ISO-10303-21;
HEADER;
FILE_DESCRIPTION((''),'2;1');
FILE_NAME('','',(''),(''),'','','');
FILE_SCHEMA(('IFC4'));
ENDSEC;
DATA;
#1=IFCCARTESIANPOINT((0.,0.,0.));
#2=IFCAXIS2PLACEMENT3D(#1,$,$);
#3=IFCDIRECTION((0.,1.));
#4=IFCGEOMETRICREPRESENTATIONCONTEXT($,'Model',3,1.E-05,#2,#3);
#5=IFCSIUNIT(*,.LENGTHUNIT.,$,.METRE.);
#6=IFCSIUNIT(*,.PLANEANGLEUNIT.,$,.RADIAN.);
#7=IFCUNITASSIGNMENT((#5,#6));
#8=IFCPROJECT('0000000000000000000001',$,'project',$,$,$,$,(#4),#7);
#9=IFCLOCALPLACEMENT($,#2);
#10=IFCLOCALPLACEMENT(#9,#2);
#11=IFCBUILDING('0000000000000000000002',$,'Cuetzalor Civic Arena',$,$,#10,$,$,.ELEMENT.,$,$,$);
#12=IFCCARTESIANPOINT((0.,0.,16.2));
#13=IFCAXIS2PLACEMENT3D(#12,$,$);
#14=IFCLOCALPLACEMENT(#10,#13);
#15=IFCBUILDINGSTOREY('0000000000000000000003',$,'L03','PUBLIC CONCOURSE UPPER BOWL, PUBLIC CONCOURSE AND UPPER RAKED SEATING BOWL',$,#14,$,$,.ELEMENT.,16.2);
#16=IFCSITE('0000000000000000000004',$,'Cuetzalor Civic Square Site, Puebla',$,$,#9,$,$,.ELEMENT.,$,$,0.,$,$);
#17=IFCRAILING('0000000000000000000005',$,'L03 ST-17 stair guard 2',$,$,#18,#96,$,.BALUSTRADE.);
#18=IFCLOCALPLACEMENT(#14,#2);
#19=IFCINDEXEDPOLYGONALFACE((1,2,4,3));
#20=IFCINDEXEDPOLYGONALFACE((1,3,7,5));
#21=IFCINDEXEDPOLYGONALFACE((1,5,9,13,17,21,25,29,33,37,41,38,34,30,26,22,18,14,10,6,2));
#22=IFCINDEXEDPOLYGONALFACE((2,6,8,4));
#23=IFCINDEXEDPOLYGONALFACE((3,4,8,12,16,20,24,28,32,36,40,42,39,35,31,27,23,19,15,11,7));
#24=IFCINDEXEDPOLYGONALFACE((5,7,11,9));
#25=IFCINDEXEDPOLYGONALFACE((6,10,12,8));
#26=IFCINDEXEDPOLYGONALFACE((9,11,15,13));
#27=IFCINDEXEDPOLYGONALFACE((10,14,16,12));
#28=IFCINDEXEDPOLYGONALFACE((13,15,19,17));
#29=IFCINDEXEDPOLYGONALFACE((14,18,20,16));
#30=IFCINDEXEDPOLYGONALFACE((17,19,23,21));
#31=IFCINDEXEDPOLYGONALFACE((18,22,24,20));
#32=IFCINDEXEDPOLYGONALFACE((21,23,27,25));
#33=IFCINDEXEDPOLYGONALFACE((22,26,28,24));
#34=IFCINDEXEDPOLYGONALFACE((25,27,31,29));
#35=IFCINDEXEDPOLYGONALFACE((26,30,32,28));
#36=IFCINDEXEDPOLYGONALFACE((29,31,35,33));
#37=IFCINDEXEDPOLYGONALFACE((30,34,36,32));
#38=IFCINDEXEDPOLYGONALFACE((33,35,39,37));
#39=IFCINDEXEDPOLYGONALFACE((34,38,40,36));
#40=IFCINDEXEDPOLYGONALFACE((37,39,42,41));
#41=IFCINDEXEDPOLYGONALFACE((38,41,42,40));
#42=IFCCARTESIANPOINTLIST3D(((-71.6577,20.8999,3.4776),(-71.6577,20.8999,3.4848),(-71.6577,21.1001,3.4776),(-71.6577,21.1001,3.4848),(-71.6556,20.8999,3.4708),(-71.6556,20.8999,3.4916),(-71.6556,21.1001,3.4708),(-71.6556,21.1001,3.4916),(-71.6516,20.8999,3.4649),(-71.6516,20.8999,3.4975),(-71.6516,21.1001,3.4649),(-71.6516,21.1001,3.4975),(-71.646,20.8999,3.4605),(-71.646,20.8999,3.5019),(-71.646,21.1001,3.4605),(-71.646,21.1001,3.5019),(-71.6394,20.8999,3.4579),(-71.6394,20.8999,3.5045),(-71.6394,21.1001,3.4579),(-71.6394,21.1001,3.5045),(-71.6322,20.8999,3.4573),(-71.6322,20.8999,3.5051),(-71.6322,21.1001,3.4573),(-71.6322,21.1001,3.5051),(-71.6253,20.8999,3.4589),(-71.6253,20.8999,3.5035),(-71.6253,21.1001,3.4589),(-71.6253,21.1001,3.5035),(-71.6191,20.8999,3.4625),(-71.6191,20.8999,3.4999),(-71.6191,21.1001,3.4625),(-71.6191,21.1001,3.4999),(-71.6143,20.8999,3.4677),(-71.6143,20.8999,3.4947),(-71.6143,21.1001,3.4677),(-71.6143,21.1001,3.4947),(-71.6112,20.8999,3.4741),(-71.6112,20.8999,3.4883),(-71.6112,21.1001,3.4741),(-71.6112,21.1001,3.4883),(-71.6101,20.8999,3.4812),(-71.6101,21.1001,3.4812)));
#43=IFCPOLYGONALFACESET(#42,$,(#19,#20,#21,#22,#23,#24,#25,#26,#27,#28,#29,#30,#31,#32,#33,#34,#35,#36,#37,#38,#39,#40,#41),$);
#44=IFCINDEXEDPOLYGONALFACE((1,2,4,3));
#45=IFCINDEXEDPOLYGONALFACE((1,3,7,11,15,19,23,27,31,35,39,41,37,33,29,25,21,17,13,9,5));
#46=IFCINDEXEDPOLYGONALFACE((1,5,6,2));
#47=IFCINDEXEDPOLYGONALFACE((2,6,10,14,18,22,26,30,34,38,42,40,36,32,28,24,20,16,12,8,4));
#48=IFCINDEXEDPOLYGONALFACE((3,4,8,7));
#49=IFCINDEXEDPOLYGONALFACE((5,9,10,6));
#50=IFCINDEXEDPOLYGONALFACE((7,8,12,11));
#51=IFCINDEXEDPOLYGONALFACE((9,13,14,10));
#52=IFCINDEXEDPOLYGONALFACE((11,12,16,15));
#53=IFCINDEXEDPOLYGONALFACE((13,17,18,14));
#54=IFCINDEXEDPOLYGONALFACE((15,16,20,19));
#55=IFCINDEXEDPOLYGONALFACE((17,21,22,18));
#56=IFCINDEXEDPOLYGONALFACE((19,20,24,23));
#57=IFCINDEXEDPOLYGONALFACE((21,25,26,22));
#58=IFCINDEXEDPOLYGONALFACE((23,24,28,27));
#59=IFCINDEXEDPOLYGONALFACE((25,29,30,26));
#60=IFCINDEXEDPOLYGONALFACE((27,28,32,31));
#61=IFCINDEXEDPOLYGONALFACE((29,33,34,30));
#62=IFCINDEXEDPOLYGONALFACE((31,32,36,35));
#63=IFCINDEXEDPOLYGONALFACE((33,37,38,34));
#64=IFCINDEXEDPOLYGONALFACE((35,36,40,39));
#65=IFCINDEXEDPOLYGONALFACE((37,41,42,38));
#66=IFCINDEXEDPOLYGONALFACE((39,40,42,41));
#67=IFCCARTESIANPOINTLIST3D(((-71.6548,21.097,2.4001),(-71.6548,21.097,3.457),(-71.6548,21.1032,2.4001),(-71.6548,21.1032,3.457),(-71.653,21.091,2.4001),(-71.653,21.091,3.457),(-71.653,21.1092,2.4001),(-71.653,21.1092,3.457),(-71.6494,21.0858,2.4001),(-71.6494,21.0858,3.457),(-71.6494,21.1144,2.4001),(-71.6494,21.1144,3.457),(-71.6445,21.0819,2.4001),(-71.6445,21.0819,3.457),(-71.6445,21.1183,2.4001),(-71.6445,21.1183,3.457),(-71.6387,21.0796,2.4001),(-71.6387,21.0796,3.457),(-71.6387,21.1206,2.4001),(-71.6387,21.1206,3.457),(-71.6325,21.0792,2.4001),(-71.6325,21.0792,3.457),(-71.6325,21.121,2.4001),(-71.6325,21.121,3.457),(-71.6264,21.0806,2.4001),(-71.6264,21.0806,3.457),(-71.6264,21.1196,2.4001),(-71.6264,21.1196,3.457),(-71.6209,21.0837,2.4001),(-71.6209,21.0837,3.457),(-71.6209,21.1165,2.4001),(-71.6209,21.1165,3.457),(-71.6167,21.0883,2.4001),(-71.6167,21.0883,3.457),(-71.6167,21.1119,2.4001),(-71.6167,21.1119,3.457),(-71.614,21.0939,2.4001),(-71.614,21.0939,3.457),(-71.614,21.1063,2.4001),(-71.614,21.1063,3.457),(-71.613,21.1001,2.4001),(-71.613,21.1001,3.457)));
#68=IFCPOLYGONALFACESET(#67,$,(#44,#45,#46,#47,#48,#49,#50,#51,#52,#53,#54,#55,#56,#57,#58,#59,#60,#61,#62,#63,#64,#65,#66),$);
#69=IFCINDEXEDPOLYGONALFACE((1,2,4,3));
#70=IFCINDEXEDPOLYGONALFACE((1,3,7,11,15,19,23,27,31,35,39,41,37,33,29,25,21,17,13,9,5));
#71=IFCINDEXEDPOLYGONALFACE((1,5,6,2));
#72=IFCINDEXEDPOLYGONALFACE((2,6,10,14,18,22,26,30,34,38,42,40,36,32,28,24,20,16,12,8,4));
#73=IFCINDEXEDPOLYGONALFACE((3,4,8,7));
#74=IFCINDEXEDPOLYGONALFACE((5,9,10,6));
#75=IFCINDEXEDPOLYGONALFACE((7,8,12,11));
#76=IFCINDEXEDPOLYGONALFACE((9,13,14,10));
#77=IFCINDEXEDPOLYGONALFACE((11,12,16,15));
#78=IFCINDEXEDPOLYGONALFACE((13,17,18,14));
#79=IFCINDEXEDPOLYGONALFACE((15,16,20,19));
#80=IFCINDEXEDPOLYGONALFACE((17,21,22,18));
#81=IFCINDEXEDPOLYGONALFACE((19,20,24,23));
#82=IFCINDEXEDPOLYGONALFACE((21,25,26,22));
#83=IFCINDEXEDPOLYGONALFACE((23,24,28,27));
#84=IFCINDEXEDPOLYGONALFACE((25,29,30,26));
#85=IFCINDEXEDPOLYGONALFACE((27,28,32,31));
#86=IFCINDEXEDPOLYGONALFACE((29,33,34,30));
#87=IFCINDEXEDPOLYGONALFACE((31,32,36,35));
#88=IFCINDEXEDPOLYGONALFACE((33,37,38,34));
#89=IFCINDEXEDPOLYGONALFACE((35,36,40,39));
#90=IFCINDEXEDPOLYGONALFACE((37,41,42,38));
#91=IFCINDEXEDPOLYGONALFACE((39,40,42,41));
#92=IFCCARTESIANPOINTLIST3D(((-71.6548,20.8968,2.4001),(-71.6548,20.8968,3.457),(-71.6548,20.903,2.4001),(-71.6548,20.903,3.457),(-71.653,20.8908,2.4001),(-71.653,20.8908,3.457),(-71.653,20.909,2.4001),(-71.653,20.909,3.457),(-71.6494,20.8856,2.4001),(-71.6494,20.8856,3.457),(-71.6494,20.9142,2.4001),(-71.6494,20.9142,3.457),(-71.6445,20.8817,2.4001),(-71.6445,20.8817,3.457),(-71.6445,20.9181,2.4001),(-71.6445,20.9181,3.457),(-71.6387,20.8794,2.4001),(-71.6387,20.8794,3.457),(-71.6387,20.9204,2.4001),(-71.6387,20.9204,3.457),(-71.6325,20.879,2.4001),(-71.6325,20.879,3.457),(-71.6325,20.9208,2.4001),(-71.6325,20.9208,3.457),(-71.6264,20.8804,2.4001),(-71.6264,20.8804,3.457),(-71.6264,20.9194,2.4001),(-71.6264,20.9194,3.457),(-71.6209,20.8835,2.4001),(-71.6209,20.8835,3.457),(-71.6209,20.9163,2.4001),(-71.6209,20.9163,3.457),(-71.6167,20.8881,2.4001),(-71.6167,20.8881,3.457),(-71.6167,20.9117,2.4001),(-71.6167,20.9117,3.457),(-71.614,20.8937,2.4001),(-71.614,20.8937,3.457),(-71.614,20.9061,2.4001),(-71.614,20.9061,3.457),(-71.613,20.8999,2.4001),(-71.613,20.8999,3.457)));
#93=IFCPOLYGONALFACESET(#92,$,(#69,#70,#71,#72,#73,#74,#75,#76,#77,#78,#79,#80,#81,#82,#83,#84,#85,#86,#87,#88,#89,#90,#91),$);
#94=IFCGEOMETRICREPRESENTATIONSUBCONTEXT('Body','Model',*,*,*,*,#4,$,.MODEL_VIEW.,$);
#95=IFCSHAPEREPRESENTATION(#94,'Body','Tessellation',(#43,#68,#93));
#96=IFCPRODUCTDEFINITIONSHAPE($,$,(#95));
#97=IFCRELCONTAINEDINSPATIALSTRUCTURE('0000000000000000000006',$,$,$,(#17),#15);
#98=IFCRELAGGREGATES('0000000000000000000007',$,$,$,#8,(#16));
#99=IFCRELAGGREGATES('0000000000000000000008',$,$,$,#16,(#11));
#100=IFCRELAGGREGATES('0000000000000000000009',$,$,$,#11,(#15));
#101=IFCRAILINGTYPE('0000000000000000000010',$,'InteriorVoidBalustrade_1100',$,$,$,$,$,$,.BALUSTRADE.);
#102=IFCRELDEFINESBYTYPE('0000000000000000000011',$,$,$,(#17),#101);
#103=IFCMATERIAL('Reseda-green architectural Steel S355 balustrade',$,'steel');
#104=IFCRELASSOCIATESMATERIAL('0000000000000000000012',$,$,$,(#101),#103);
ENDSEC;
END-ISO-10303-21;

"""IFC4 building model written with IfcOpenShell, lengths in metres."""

from ifc_helpers import new_model, si_unit, direction, frame, origin, origin_2d, place, context, subcontext, project, spatial, circle, extrude, material, type_object, element, save


model = new_model("IFC4")

# Units and contexts
model_context = context("Model", 3, precision=1e-05, world=origin(), true_north=direction((0.0, 1.0)))
body_context = subcontext(model_context, "Body", "Model", "MODEL_VIEW")
ifc_project = project(units=[si_unit("LENGTHUNIT", "METRE"), si_unit("PLANEANGLEUNIT", "RADIAN")], contexts=[model_context])

# Site, building, storey
site_placement = place(None, origin())
site = spatial("IfcSite", under=ifc_project, at=site_placement, Name="Cuetzalor Civic Square Site, Puebla", CompositionType="ELEMENT", RefElevation=0.0)
building_placement = place(site_placement, origin())
building = spatial("IfcBuilding", under=site, at=building_placement, Name="Cuetzalor Civic Arena", CompositionType="ELEMENT")
storey_placement = place(building_placement, frame((0.0, 0.0, 16.2)))
storey = spatial("IfcBuildingStorey", under=building, at=storey_placement, Name="L03", Description="PUBLIC CONCOURSE UPPER BOWL, PUBLIC CONCOURSE AND UPPER RAKED SEATING BOWL", CompositionType="ELEMENT", Elevation=16.2)

# Railing
ifc_material_1 = material(Name="Reseda-green architectural Steel S355 balustrade", Category="steel")
railing_type_1 = type_object("IfcRailingType", Name="InteriorVoidBalustrade_1100", PredefinedType="BALUSTRADE", material=ifc_material_1)
railing_1_placement = place(storey_placement, frame((-71.634, 21.1001, 2.4001)))
element("IfcRailing", 1, at=railing_1_placement, inside=storey, type_object=railing_type_1, Name="L03 ST-17 stair guard 2", PredefinedType="BALUSTRADE", context=body_context, shape_type="SweptSolid", body=[
    extrude(circle(Radius=0.0239, at=origin_2d()), frame((0.0, 0.0, 1.0811), z_axis=(0.0, -1.0, 0.0), x_axis=(1.0, 0.0, 0.0)), (0.0, 0.0, 1.0), 0.2002),
    extrude(circle(Radius=0.021, at=origin_2d()), origin(), (0.0, 0.0, 1.0), 1.0569),
    extrude(circle(Radius=0.021, at=origin_2d()), frame((0.0, -0.2002, 0.0)), (0.0, 0.0, 1.0), 1.0569),
])

save(model, "model.ifc")
